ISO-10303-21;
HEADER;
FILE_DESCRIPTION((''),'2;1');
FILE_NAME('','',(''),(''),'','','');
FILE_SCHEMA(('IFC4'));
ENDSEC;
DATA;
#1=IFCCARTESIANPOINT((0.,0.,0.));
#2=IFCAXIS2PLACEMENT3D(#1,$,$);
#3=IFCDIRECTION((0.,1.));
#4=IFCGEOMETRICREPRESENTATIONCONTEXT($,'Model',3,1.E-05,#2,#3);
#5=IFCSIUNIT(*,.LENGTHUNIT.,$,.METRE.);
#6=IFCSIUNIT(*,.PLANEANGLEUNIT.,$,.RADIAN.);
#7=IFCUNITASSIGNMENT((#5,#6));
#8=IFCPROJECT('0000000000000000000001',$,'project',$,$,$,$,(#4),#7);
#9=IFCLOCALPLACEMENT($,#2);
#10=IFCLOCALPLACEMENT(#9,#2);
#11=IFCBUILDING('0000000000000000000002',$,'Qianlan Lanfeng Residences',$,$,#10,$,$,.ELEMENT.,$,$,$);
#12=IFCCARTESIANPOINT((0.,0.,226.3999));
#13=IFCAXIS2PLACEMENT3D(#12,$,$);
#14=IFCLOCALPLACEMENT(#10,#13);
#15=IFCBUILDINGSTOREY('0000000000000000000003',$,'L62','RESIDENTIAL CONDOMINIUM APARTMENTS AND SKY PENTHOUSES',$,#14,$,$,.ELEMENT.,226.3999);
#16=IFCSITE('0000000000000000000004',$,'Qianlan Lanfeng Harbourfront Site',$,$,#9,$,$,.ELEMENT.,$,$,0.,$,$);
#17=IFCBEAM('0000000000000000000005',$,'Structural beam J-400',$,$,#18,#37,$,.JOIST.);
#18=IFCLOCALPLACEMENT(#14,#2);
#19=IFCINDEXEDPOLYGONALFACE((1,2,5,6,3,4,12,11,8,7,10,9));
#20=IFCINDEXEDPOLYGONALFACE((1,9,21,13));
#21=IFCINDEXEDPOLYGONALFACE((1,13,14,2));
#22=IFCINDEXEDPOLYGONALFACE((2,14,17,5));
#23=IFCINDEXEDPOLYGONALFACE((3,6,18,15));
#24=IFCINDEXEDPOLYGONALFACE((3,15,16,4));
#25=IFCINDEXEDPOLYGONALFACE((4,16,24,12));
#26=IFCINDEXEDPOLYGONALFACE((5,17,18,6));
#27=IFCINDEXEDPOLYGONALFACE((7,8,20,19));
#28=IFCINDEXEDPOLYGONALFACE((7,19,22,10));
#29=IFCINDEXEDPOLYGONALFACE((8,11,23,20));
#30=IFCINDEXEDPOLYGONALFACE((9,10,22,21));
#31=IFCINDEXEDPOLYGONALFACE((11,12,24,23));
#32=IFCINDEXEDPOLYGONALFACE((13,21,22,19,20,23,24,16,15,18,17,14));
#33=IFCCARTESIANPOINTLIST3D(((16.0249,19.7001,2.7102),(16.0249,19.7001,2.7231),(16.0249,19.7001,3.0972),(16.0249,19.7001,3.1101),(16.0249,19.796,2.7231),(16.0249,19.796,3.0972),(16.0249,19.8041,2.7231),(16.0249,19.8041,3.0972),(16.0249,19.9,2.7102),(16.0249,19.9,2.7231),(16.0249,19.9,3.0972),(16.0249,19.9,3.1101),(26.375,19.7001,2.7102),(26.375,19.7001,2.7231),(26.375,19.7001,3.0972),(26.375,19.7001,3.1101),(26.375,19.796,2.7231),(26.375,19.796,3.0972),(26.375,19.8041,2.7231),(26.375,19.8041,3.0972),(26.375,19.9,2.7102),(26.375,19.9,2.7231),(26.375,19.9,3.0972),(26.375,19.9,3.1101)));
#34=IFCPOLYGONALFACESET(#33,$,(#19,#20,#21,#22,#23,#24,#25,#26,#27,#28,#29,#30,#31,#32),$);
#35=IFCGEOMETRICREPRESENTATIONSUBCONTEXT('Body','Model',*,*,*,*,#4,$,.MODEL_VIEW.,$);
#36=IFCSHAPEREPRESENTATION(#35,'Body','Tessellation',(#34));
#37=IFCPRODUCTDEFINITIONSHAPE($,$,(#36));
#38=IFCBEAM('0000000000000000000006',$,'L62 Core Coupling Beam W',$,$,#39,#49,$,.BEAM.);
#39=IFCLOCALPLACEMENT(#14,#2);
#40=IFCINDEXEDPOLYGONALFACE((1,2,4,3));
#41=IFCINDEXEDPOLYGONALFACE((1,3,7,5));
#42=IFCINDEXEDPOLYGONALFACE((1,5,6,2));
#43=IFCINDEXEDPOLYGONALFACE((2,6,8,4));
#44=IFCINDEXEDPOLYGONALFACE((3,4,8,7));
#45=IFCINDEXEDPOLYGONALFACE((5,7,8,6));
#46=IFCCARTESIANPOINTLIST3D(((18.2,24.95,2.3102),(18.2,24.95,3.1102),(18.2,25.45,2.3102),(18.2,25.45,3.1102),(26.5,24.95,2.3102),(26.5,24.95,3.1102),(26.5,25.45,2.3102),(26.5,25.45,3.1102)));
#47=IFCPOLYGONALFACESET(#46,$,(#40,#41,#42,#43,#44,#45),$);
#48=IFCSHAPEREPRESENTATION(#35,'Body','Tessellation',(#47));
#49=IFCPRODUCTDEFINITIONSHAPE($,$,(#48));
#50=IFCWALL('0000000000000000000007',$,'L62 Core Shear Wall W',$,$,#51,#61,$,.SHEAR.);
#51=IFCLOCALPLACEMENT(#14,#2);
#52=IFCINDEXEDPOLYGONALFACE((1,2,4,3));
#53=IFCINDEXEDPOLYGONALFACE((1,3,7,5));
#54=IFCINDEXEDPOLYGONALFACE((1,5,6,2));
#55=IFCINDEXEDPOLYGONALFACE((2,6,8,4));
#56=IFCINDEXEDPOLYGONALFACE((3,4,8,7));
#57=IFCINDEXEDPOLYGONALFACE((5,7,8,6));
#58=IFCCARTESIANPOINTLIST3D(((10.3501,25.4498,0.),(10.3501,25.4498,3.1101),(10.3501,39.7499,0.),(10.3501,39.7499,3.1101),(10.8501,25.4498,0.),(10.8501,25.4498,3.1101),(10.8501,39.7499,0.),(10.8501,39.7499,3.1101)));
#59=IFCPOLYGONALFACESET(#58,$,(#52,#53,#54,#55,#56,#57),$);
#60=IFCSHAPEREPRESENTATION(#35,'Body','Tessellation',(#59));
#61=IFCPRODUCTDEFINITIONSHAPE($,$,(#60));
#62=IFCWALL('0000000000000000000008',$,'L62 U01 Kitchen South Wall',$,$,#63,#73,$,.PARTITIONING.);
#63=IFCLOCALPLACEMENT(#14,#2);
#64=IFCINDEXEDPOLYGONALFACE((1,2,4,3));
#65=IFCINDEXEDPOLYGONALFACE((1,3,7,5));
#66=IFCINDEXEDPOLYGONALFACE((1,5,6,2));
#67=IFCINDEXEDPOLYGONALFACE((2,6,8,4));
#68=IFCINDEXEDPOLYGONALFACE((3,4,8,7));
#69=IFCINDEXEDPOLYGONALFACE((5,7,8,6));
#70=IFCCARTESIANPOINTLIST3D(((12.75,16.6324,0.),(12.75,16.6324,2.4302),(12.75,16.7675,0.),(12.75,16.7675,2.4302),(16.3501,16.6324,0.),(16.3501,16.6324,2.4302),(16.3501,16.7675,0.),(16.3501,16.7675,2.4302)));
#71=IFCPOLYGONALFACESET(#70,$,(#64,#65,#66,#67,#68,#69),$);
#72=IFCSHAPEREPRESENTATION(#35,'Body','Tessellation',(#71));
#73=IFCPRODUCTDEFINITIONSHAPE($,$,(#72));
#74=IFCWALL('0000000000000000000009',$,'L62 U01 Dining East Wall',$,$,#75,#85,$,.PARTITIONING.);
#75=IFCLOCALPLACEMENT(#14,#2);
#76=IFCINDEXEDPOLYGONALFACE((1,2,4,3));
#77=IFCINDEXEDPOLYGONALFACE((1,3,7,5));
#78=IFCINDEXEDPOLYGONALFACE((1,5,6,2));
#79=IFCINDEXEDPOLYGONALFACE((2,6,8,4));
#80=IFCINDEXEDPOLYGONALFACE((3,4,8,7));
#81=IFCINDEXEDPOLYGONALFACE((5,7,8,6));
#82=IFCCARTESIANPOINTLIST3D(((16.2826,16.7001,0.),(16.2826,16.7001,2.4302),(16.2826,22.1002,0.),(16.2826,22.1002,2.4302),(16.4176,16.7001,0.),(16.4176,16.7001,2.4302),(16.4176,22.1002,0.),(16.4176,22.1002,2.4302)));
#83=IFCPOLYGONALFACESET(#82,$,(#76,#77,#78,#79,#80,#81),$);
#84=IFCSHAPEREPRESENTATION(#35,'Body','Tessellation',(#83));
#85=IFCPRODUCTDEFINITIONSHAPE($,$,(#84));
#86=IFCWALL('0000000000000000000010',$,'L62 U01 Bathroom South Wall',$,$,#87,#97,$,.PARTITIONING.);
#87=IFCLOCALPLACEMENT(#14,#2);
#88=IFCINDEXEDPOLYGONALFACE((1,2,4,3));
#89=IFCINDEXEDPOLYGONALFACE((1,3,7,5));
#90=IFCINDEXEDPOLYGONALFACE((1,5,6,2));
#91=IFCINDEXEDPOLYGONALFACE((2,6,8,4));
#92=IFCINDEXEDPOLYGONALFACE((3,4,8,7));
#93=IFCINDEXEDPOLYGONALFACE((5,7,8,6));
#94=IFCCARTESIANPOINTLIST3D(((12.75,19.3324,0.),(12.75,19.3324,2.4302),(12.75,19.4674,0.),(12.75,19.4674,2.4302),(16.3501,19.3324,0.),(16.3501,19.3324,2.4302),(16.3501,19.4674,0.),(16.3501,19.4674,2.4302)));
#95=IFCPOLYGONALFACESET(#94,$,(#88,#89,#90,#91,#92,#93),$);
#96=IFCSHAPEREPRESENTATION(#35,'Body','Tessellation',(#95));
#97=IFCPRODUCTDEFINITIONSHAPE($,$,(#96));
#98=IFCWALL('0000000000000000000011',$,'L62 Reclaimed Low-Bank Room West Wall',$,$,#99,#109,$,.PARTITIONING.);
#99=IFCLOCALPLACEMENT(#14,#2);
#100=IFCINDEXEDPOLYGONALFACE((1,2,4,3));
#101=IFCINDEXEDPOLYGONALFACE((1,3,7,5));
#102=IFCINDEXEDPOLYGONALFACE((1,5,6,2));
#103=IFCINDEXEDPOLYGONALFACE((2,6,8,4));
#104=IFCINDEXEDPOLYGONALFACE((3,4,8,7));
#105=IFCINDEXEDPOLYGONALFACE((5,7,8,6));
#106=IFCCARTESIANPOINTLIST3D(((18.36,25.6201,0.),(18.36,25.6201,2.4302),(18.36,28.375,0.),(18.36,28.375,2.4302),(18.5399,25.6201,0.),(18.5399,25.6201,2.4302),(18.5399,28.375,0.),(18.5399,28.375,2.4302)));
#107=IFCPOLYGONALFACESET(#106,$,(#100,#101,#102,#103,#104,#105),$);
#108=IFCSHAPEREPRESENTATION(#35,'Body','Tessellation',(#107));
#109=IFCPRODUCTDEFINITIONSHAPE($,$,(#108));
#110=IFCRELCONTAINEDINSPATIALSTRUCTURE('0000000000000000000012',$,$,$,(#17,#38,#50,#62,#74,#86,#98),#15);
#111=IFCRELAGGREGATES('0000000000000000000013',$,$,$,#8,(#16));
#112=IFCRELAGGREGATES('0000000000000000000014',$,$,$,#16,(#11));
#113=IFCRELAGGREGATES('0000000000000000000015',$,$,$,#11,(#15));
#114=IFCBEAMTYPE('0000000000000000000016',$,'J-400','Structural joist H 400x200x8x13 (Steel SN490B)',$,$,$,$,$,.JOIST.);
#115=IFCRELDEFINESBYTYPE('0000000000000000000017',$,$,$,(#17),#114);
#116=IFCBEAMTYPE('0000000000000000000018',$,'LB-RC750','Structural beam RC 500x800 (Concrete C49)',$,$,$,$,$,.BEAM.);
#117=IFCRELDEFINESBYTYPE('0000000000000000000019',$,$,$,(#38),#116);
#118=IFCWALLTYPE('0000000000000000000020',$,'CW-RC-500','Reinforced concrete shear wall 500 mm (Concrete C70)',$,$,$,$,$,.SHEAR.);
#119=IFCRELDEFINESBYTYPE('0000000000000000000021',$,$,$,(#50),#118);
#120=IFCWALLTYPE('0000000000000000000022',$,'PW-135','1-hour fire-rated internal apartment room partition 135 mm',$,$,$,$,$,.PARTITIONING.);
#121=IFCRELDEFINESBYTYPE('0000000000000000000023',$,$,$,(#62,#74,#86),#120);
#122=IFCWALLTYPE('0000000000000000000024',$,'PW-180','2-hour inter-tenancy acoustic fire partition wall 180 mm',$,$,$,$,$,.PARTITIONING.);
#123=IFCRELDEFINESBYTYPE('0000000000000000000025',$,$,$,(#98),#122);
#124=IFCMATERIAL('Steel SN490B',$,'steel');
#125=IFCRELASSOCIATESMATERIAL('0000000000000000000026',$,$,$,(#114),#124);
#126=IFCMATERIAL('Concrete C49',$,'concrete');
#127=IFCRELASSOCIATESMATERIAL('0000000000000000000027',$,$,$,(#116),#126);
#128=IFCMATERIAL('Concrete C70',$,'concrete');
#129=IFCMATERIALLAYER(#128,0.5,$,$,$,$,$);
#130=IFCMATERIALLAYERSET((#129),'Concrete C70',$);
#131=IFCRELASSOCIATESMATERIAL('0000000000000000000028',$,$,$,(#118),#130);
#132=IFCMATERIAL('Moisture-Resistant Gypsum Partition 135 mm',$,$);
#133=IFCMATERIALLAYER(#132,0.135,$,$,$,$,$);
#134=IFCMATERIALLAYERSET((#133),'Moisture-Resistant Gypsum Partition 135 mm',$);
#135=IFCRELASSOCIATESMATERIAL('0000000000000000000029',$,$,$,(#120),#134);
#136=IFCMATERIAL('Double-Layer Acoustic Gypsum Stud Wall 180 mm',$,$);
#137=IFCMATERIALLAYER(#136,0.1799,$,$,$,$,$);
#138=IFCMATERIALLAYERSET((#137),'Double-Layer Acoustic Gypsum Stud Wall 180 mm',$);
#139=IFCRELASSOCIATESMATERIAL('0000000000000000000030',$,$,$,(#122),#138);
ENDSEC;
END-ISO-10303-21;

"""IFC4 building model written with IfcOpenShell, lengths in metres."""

from ifc_helpers import new_model, si_unit, direction, frame, frame_2d, origin, origin_2d, place, context, subcontext, project, spatial, rectangle, i_section, extrude, material, layer, layer_set, material_profile, profile_set, type_object, element, save


model = new_model("IFC4")

# Units and contexts
model_context = context("Model", 3, precision=1e-05, world=origin(), true_north=direction((0.0, 1.0)))
body_context = subcontext(model_context, "Body", "Model", "MODEL_VIEW")
ifc_project = project(units=[si_unit("LENGTHUNIT", "METRE"), si_unit("PLANEANGLEUNIT", "RADIAN")], contexts=[model_context])

# Site, building, storey
site_placement = place(None, origin())
site = spatial("IfcSite", under=ifc_project, at=site_placement, Name="Qianlan Lanfeng Harbourfront Site", CompositionType="ELEMENT", RefElevation=0.0)
building_placement = place(site_placement, origin())
building = spatial("IfcBuilding", under=site, at=building_placement, Name="Qianlan Lanfeng Residences", CompositionType="ELEMENT")
storey_placement = place(building_placement, frame((0.0, 0.0, 226.3999)))
storey = spatial("IfcBuildingStorey", under=building, at=storey_placement, Name="L62", Description="RESIDENTIAL CONDOMINIUM APARTMENTS AND SKY PENTHOUSES", CompositionType="ELEMENT", Elevation=226.3999)

# Shared definitions
ifc_material_1 = material(Name="Steel SN490B", Category="steel")

# Beams
ifc_material_profile_1 = material_profile(ifc_material_1, i_section(OverallWidth=0.2, OverallDepth=0.3999, WebThickness=0.0081, FlangeThickness=0.0129, at=origin_2d()), Name="H 400x200x8x13")
ifc_profile_set_1 = profile_set([ifc_material_profile_1], Name="Steel SN490B")
beam_type_1 = type_object("IfcBeamType", Name="J-400", Description="Structural joist H 400x200x8x13 (Steel SN490B)", PredefinedType="JOIST", material=ifc_profile_set_1)
beam_1_placement = place(storey_placement, frame((16.0249, 19.8, 2.9102), z_axis=(1.0, 0.0, 0.0), x_axis=(0.0, 1.0, 0.0)))
element("IfcBeam", 1, at=beam_1_placement, inside=storey, type_object=beam_type_1, Name="Structural beam J-400", PredefinedType="JOIST", context=body_context, shape_type="SweptSolid", body=[
    extrude(i_section(OverallWidth=0.2, OverallDepth=0.3999, WebThickness=0.0081, FlangeThickness=0.0129, at=origin_2d()), origin(), (0.0, 0.0, 1.0), 10.3501),
])
ifc_material_2 = material(Name="Concrete C49", Category="concrete")
ifc_material_profile_2 = material_profile(ifc_material_2, rectangle(XDim=0.5, YDim=0.8, at=origin_2d()), Name="RC 500x800")
ifc_profile_set_2 = profile_set([ifc_material_profile_2], Name="Concrete C49")
beam_type_2 = type_object("IfcBeamType", Name="LB-RC750", Description="Structural beam RC 500x800 (Concrete C49)", PredefinedType="BEAM", material=ifc_profile_set_2)
beam_2_placement = place(storey_placement, frame((18.2, 25.2, 2.7102), z_axis=(1.0, 0.0, 0.0), x_axis=(0.0, 1.0, 0.0)))
element("IfcBeam", 2, at=beam_2_placement, inside=storey, type_object=beam_type_2, Name="L62 Core Coupling Beam W", PredefinedType="BEAM", context=body_context, shape_type="SweptSolid", body=[
    extrude(rectangle(XDim=0.5, YDim=0.8, at=origin_2d()), origin(), (0.0, 0.0, 1.0), 8.3),
])

# Walls
ifc_material_3 = material(Name="Concrete C70", Category="concrete")
ifc_layer_1 = layer(ifc_material_3, 0.5)
ifc_layer_set_1 = layer_set([ifc_layer_1], Name="Concrete C70")
wall_type_1 = type_object("IfcWallType", Name="CW-RC-500", Description="Reinforced concrete shear wall 500 mm (Concrete C70)", PredefinedType="SHEAR", material=ifc_layer_set_1)
wall_1_placement = place(storey_placement, frame((10.6001, 25.45, 0.0), z_axis=(0.0, 0.0, 1.0), x_axis=(0.0, 1.0, 0.0)))
element("IfcWall", 3, at=wall_1_placement, inside=storey, type_object=wall_type_1, Name="L62 Core Shear Wall W", PredefinedType="SHEAR", context=body_context, shape_type="SweptSolid", body=[
    extrude(rectangle(XDim=14.3, YDim=0.5, at=frame_2d((7.1499, 0.0))), origin(), (0.0, 0.0, 1.0), 3.1101),
])
ifc_material_4 = material(Name="Moisture-Resistant Gypsum Partition 135 mm")
ifc_layer_2 = layer(ifc_material_4, 0.135)
ifc_layer_set_2 = layer_set([ifc_layer_2], Name="Moisture-Resistant Gypsum Partition 135 mm")
wall_type_2 = type_object("IfcWallType", Name="PW-135", Description="1-hour fire-rated internal apartment room partition 135 mm", PredefinedType="PARTITIONING", material=ifc_layer_set_2)
wall_2_placement = place(storey_placement, frame((12.75, 16.7, 0.0), z_axis=(0.0, 0.0, 1.0), x_axis=(1.0, 0.0, 0.0)))
element("IfcWall", 4, at=wall_2_placement, inside=storey, type_object=wall_type_2, Name="L62 U01 Kitchen South Wall", PredefinedType="PARTITIONING", context=body_context, shape_type="SweptSolid", body=[
    extrude(rectangle(XDim=3.6001, YDim=0.135, at=frame_2d((1.8, 0.0))), origin(), (0.0, 0.0, 1.0), 2.4302),
])
wall_3_placement = place(storey_placement, frame((16.3501, 16.7, 0.0), z_axis=(0.0, 0.0, 1.0), x_axis=(0.0, 1.0, 0.0)))
element("IfcWall", 5, at=wall_3_placement, inside=storey, type_object=wall_type_2, Name="L62 U01 Dining East Wall", PredefinedType="PARTITIONING", context=body_context, shape_type="SweptSolid", body=[
    extrude(rectangle(XDim=5.4001, YDim=0.135, at=frame_2d((2.7002, 0.0))), origin(), (0.0, 0.0, 1.0), 2.4302),
])
wall_4_placement = place(storey_placement, frame((12.75, 19.3999, 0.0), z_axis=(0.0, 0.0, 1.0), x_axis=(1.0, 0.0, 0.0)))
element("IfcWall", 6, at=wall_4_placement, inside=storey, type_object=wall_type_2, Name="L62 U01 Bathroom South Wall", PredefinedType="PARTITIONING", context=body_context, shape_type="SweptSolid", body=[
    extrude(rectangle(XDim=3.6001, YDim=0.135, at=frame_2d((1.8, 0.0))), origin(), (0.0, 0.0, 1.0), 2.4302),
])

# Shared definitions
ifc_material_5 = material(Name="Double-Layer Acoustic Gypsum Stud Wall 180 mm")
ifc_layer_3 = layer(ifc_material_5, 0.1799)
ifc_layer_set_3 = layer_set([ifc_layer_3], Name="Double-Layer Acoustic Gypsum Stud Wall 180 mm")
wall_type_3 = type_object("IfcWallType", Name="PW-180", Description="2-hour inter-tenancy acoustic fire partition wall 180 mm", PredefinedType="PARTITIONING", material=ifc_layer_set_3)

# Wall
wall_5_placement = place(storey_placement, frame((18.45, 25.6201, 0.0), z_axis=(0.0, 0.0, 1.0), x_axis=(0.0, 1.0, 0.0)))
element("IfcWall", 7, at=wall_5_placement, inside=storey, type_object=wall_type_3, Name="L62 Reclaimed Low-Bank Room West Wall", PredefinedType="PARTITIONING", context=body_context, shape_type="SweptSolid", body=[
    extrude(rectangle(XDim=2.7549, YDim=0.1799, at=frame_2d((1.3774, 0.0))), origin(), (0.0, 0.0, 1.0), 2.4302),
])

save(model, "model.ifc")
